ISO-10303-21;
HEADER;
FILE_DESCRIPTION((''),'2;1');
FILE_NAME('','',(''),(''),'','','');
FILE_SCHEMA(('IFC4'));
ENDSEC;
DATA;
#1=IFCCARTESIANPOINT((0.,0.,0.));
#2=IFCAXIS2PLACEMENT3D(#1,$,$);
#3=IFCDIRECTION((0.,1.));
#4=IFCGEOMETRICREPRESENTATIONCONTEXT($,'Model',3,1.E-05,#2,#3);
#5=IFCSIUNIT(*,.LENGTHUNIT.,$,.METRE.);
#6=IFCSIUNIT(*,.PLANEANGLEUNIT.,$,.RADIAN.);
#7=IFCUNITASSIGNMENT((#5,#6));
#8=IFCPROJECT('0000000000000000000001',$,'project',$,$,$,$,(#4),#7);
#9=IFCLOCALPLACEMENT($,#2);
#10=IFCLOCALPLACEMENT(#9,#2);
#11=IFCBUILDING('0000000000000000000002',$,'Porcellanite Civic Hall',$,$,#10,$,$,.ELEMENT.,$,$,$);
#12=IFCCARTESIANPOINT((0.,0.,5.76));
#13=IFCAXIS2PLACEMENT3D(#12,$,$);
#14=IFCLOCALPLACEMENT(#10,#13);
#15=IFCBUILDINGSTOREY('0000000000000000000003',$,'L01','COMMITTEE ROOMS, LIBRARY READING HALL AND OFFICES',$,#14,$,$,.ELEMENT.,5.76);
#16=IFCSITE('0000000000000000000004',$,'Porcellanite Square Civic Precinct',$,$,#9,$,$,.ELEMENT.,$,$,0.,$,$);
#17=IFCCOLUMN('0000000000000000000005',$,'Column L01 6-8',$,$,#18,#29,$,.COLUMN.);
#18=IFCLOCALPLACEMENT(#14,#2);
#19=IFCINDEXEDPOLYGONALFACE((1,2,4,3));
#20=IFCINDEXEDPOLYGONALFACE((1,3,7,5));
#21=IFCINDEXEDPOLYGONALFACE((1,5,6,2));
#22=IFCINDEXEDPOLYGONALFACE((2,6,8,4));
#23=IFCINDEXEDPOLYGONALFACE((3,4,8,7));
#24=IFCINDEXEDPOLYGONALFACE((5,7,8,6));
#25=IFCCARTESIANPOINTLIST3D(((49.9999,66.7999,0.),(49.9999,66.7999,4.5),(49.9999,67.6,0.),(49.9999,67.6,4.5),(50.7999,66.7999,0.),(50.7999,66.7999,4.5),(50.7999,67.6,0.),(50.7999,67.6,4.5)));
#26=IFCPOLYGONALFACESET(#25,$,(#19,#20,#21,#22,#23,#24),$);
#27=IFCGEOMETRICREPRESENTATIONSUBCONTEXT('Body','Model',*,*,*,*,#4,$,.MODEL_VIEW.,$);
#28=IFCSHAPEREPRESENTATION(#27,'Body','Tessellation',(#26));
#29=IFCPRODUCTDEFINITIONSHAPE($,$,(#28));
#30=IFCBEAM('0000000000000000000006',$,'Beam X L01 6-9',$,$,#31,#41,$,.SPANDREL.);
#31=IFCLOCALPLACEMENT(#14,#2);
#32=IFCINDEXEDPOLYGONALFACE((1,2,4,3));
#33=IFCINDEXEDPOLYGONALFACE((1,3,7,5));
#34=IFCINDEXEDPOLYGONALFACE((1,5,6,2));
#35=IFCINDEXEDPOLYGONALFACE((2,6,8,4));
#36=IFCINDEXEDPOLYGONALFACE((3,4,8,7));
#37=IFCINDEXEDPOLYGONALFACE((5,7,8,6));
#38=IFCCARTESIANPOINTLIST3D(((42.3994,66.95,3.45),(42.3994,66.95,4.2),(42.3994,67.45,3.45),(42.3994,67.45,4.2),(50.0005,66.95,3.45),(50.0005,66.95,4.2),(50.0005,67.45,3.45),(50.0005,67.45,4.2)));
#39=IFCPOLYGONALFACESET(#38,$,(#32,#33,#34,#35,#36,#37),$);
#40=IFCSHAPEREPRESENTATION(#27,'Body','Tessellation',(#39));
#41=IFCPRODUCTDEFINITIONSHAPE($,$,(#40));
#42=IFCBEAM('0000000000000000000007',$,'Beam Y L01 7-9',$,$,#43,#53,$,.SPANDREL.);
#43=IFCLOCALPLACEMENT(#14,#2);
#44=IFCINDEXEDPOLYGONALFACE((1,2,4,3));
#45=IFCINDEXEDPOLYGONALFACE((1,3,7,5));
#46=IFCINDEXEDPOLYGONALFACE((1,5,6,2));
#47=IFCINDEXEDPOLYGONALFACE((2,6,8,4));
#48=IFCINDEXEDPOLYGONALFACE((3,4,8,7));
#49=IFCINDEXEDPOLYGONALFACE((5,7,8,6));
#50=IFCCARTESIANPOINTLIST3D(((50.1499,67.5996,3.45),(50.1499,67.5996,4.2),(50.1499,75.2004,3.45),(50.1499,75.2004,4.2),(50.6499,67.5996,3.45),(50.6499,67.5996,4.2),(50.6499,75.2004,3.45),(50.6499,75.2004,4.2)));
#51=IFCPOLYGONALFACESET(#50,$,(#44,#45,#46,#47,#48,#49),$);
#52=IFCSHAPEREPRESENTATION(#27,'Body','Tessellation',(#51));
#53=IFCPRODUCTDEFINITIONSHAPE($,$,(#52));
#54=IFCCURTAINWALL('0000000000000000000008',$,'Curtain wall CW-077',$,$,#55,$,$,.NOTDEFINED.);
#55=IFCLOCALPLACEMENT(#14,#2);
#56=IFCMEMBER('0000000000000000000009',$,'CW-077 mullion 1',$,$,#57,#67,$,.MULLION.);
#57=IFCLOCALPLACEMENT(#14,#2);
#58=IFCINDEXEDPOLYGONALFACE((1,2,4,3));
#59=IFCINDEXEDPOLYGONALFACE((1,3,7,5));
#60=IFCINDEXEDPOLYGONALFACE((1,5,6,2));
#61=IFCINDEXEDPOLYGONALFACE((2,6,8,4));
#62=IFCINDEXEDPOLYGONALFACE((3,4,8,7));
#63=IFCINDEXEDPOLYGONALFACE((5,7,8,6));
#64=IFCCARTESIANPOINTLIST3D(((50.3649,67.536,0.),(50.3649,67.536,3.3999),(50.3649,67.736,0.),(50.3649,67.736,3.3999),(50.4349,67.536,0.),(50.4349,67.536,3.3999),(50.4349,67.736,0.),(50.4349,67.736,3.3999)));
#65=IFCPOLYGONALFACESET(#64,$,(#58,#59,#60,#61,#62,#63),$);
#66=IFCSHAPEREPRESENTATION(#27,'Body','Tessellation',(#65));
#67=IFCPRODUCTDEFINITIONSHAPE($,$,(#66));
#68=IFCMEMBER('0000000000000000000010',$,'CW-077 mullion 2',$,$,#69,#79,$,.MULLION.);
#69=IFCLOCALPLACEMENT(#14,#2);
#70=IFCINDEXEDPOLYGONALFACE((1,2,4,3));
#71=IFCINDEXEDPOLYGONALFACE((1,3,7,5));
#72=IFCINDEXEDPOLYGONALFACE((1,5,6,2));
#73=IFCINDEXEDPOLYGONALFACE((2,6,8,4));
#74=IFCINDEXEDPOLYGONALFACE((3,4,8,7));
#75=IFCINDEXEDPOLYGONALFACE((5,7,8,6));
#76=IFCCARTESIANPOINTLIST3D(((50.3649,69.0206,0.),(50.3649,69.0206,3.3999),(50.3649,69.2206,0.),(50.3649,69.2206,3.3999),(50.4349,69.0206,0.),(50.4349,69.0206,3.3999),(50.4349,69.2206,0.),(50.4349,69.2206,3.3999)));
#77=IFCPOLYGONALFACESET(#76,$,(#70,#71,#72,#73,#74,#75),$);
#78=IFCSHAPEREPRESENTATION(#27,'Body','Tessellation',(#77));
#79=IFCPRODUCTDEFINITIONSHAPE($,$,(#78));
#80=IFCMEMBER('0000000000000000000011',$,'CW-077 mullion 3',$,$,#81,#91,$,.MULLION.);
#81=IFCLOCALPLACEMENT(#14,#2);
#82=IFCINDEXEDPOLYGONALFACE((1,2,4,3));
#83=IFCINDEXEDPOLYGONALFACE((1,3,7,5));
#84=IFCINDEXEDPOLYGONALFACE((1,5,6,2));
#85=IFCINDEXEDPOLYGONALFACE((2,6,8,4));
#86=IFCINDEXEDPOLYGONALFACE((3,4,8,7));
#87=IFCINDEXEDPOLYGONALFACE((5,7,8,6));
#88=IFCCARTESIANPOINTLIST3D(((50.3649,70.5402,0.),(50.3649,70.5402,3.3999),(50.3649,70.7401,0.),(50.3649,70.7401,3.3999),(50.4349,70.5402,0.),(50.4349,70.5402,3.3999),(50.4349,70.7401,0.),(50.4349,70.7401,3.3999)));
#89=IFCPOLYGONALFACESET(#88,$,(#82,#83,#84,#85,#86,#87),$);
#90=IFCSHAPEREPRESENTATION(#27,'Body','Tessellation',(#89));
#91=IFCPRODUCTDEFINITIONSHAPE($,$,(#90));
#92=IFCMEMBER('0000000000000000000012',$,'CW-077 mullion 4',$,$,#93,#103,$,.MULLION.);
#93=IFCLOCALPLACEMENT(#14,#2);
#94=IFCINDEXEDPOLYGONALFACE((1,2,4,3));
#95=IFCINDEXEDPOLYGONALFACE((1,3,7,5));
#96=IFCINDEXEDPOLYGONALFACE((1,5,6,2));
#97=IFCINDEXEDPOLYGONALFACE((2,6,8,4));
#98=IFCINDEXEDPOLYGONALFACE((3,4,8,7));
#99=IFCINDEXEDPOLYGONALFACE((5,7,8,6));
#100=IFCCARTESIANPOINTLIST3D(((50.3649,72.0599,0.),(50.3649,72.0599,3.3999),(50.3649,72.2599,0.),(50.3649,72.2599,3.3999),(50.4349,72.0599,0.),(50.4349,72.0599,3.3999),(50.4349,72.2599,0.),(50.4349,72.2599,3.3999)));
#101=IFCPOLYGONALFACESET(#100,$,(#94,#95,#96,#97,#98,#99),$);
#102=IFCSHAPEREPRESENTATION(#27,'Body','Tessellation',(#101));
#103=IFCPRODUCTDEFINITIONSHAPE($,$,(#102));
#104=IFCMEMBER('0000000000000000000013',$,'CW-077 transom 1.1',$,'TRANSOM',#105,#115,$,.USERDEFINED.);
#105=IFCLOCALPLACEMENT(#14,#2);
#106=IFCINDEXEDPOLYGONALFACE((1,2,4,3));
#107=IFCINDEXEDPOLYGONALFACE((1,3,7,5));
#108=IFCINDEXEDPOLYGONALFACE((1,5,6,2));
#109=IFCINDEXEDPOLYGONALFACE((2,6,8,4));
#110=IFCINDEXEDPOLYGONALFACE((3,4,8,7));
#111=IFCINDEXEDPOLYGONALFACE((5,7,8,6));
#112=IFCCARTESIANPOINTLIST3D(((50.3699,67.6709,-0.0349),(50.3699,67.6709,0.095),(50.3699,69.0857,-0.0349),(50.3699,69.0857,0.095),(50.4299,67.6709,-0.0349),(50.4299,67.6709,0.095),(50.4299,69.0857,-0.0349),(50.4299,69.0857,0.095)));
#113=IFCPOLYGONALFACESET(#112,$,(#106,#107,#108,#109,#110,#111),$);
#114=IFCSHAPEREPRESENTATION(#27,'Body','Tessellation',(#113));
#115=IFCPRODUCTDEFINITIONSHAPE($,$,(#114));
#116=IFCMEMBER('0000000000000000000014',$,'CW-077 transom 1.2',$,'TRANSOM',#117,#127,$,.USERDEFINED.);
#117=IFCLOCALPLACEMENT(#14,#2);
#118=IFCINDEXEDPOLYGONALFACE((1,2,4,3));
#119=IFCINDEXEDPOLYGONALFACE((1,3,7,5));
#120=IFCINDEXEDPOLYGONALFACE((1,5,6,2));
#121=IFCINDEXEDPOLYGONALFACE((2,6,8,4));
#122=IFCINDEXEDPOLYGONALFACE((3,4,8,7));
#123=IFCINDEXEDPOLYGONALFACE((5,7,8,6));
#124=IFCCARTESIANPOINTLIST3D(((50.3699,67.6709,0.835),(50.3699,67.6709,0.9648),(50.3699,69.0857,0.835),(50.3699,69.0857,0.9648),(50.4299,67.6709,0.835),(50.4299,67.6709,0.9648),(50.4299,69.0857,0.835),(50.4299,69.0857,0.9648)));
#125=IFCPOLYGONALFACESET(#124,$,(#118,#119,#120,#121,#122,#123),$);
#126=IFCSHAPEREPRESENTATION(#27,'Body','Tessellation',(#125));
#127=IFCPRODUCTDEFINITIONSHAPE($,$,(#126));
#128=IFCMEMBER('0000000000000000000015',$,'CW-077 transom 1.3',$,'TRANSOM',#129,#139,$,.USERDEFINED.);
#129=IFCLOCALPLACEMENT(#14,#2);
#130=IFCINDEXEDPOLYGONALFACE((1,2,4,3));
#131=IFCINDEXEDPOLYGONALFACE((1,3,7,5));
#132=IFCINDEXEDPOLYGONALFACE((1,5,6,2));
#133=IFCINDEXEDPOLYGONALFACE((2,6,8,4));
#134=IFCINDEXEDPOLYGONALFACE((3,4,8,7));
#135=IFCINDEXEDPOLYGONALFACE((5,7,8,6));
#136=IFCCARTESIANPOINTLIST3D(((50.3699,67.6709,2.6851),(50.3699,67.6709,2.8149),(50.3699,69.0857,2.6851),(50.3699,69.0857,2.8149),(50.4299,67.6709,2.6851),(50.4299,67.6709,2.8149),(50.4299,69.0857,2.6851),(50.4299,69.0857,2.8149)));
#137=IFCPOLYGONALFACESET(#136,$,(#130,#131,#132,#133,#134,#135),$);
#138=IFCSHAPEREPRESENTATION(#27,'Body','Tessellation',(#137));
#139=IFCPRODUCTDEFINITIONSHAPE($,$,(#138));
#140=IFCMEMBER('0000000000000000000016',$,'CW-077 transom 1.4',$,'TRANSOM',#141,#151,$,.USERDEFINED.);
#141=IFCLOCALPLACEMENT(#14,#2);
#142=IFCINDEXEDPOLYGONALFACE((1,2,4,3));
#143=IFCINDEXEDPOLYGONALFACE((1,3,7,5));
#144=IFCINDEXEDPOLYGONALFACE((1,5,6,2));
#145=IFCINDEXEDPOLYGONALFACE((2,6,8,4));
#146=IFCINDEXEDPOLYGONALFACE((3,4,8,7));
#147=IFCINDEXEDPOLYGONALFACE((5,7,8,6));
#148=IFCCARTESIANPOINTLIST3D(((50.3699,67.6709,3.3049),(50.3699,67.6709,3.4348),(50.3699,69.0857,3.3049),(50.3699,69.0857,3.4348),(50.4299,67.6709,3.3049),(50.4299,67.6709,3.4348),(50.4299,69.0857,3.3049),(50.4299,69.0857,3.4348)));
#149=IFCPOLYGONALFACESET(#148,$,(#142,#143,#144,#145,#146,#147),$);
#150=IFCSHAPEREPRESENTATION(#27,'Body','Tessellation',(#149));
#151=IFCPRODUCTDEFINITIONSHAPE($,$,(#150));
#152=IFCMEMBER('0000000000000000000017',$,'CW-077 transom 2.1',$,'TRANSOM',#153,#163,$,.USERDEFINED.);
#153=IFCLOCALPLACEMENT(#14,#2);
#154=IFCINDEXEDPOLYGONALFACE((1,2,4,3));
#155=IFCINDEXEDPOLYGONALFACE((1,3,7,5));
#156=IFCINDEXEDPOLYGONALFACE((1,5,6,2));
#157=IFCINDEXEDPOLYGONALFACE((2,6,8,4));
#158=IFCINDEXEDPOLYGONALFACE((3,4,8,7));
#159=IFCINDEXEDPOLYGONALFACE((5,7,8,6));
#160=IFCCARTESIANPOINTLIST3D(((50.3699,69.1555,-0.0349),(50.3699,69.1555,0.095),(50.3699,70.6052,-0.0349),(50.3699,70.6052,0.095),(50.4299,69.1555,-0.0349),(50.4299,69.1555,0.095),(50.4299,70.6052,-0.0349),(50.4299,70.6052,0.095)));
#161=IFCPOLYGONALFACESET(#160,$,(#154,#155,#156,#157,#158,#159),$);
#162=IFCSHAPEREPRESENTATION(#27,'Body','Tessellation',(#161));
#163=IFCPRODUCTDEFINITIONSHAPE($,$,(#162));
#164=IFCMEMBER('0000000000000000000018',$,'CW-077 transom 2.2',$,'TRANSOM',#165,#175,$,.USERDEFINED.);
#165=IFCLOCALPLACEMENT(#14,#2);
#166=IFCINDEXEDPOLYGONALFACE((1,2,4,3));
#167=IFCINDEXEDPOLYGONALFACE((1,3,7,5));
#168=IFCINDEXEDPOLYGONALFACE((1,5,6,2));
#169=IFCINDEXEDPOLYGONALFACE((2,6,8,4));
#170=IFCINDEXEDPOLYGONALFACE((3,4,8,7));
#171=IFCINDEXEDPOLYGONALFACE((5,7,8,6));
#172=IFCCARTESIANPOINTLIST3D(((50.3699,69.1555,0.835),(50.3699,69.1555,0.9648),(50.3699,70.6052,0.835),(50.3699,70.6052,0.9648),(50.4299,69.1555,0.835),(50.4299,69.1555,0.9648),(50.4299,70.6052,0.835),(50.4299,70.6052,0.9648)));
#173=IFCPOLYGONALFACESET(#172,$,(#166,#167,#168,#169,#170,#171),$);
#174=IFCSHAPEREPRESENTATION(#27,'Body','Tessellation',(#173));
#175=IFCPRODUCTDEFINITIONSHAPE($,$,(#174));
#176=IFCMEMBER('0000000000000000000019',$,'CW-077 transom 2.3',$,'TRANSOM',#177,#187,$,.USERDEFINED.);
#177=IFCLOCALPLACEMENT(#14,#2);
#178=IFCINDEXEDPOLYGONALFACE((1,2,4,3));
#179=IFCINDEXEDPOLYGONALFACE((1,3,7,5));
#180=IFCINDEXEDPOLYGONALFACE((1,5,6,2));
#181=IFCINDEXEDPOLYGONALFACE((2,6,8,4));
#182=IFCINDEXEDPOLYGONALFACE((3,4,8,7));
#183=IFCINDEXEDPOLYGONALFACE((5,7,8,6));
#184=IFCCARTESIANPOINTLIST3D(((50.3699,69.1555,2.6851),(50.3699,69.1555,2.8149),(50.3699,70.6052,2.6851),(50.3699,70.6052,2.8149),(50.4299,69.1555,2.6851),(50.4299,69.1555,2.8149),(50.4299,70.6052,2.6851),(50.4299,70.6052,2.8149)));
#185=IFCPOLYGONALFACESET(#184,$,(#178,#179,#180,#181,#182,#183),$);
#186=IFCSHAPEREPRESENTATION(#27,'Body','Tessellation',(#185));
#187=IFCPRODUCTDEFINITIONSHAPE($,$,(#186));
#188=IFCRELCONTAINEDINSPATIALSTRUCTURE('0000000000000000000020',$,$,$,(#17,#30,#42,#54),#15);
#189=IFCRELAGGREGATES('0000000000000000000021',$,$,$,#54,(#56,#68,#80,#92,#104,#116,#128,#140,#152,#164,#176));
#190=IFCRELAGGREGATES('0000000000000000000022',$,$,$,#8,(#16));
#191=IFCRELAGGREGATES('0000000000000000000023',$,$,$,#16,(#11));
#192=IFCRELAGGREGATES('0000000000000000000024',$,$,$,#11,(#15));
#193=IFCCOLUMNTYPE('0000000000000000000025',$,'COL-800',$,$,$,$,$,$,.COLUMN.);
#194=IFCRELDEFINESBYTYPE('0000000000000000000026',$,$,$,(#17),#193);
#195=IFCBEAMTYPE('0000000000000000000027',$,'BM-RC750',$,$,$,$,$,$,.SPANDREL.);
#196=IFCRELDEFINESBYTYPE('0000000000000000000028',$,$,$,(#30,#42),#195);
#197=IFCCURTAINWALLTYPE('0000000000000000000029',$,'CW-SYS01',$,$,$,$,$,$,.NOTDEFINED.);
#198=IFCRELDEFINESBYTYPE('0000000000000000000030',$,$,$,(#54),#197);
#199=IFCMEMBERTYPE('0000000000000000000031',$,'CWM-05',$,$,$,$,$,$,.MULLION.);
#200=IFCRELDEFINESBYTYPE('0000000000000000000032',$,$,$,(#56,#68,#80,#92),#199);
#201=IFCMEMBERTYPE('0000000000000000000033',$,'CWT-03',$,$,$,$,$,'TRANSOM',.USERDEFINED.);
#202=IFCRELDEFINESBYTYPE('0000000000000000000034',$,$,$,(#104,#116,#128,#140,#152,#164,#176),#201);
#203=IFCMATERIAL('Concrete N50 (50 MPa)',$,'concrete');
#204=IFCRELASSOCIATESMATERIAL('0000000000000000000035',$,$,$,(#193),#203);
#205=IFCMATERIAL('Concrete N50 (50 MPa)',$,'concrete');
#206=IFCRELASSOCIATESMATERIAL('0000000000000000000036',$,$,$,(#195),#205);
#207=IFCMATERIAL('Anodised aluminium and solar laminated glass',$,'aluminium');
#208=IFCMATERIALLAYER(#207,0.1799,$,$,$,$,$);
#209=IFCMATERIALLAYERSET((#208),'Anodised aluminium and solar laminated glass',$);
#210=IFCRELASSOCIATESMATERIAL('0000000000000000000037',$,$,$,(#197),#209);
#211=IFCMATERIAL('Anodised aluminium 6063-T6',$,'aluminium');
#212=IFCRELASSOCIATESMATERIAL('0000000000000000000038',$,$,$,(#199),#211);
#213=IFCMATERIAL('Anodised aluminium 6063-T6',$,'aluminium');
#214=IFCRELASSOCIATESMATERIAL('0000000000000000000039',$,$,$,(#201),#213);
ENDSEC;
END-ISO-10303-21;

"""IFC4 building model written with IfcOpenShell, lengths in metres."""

from ifc_helpers import new_model, si_unit, direction, frame, origin, origin_2d, place, context, subcontext, project, spatial, rectangle, extrude, material, layer, layer_set, material_profile, profile_set, type_object, element, aggregate, save


model = new_model("IFC4")

# Units and contexts
model_context = context("Model", 3, precision=1e-05, world=origin(), true_north=direction((0.0, 1.0)))
body_context = subcontext(model_context, "Body", "Model", "MODEL_VIEW")
ifc_project = project(units=[si_unit("LENGTHUNIT", "METRE"), si_unit("PLANEANGLEUNIT", "RADIAN")], contexts=[model_context])

# Site, building, storey
site_placement = place(None, origin())
site = spatial("IfcSite", under=ifc_project, at=site_placement, Name="Porcellanite Square Civic Precinct", CompositionType="ELEMENT", RefElevation=0.0)
building_placement = place(site_placement, origin())
building = spatial("IfcBuilding", under=site, at=building_placement, Name="Porcellanite Civic Hall", CompositionType="ELEMENT")
storey_placement = place(building_placement, frame((0.0, 0.0, 5.76)))
storey = spatial("IfcBuildingStorey", under=building, at=storey_placement, Name="L01", Description="COMMITTEE ROOMS, LIBRARY READING HALL AND OFFICES", CompositionType="ELEMENT", Elevation=5.76)

# Column
ifc_material_1 = material(Name="Concrete N50 (50 MPa)", Category="concrete")
ifc_material_profile_1 = material_profile(ifc_material_1, rectangle(XDim=0.8, YDim=0.8, at=origin_2d()), Name="RC-800x800")
ifc_profile_set_1 = profile_set([ifc_material_profile_1], Name="Concrete N50 (50 MPa)")
column_type = type_object("IfcColumnType", Name="COL-800", PredefinedType="COLUMN", material=ifc_profile_set_1)
column_placement = place(storey_placement, frame((50.3999, 67.2, 0.0), z_axis=(0.0, 0.0, 1.0), x_axis=(1.0, 0.0, 0.0)))
element("IfcColumn", 1, at=column_placement, inside=storey, type_object=column_type, Name="Column L01 6-8", PredefinedType="COLUMN", context=body_context, shape_type="SweptSolid", body=[
    extrude(rectangle(XDim=0.8, YDim=0.8, at=origin_2d()), origin(), (0.0, 0.0, 1.0), 4.5),
])

# Beams
ifc_material_2 = material(Name="Concrete N50 (50 MPa)", Category="concrete")
ifc_material_profile_2 = material_profile(ifc_material_2, rectangle(XDim=0.5, YDim=0.75, at=origin_2d()), Name="RC-500x750")
ifc_profile_set_2 = profile_set([ifc_material_profile_2], Name="Concrete N50 (50 MPa)")
beam_type = type_object("IfcBeamType", Name="BM-RC750", PredefinedType="SPANDREL", material=ifc_profile_set_2)
beam_1_placement = place(storey_placement, frame((42.3994, 67.2, 3.825), z_axis=(1.0, 0.0, 0.0), x_axis=(0.0, 1.0, 0.0)))
element("IfcBeam", 2, at=beam_1_placement, inside=storey, type_object=beam_type, Name="Beam X L01 6-9", PredefinedType="SPANDREL", context=body_context, shape_type="SweptSolid", body=[
    extrude(rectangle(XDim=0.5, YDim=0.75, at=origin_2d()), origin(), (0.0, 0.0, 1.0), 7.6011),
])
beam_2_placement = place(storey_placement, frame((50.3999, 67.5996, 3.825), z_axis=(0.0, 1.0, 0.0), x_axis=(-1.0, 0.0, 0.0)))
element("IfcBeam", 3, at=beam_2_placement, inside=storey, type_object=beam_type, Name="Beam Y L01 7-9", PredefinedType="SPANDREL", context=body_context, shape_type="SweptSolid", body=[
    extrude(rectangle(XDim=0.5, YDim=0.75, at=origin_2d()), origin(), (0.0, 0.0, 1.0), 7.6008),
])

# Curtain wall, members
ifc_material_3 = material(Name="Anodised aluminium and solar laminated glass", Category="aluminium")
ifc_layer_1 = layer(ifc_material_3, 0.1799)
ifc_layer_set_1 = layer_set([ifc_layer_1], Name="Anodised aluminium and solar laminated glass")
curtain_wall_type = type_object("IfcCurtainWallType", Name="CW-SYS01", PredefinedType="NOTDEFINED", material=ifc_layer_set_1)
curtain_wall_placement = place(storey_placement, origin())
curtain_wall = element("IfcCurtainWall", 4, at=curtain_wall_placement, inside=storey, type_object=curtain_wall_type, Name="Curtain wall CW-077", PredefinedType="NOTDEFINED")
ifc_material_4 = material(Name="Anodised aluminium 6063-T6", Category="aluminium")
ifc_material_profile_3 = material_profile(ifc_material_4, rectangle(XDim=0.0701, YDim=0.2, at=origin_2d()), Name="AL-70x200")
ifc_profile_set_3 = profile_set([ifc_material_profile_3], Name="Anodised aluminium 6063-T6")
member_type_1 = type_object("IfcMemberType", Name="CWM-05", PredefinedType="MULLION", material=ifc_profile_set_3)
member_1_placement = place(storey_placement, frame((50.3999, 67.636, 0.0), z_axis=(0.0, 0.0, 1.0), x_axis=(-1.0, 0.0, 0.0)))
member_1 = element("IfcMember", 5, at=member_1_placement, type_object=member_type_1, Name="CW-077 mullion 1", PredefinedType="MULLION", context=body_context, shape_type="SweptSolid", body=[
    extrude(rectangle(XDim=0.0701, YDim=0.2, at=origin_2d()), origin(), (0.0, 0.0, 1.0), 3.3999),
])
member_2_placement = place(storey_placement, frame((50.3999, 69.1206, 0.0), z_axis=(0.0, 0.0, 1.0), x_axis=(-1.0, 0.0, 0.0)))
member_2 = element("IfcMember", 6, at=member_2_placement, type_object=member_type_1, Name="CW-077 mullion 2", PredefinedType="MULLION", context=body_context, shape_type="SweptSolid", body=[
    extrude(rectangle(XDim=0.0701, YDim=0.2, at=origin_2d()), origin(), (0.0, 0.0, 1.0), 3.3999),
])
member_3_placement = place(storey_placement, frame((50.3999, 70.6401, 0.0), z_axis=(0.0, 0.0, 1.0), x_axis=(-1.0, 0.0, 0.0)))
member_3 = element("IfcMember", 7, at=member_3_placement, type_object=member_type_1, Name="CW-077 mullion 3", PredefinedType="MULLION", context=body_context, shape_type="SweptSolid", body=[
    extrude(rectangle(XDim=0.0701, YDim=0.2, at=origin_2d()), origin(), (0.0, 0.0, 1.0), 3.3999),
])
member_4_placement = place(storey_placement, frame((50.3999, 72.1599, 0.0), z_axis=(0.0, 0.0, 1.0), x_axis=(-1.0, 0.0, 0.0)))
member_4 = element("IfcMember", 8, at=member_4_placement, type_object=member_type_1, Name="CW-077 mullion 4", PredefinedType="MULLION", context=body_context, shape_type="SweptSolid", body=[
    extrude(rectangle(XDim=0.0701, YDim=0.2, at=origin_2d()), origin(), (0.0, 0.0, 1.0), 3.3999),
])
ifc_material_5 = material(Name="Anodised aluminium 6063-T6", Category="aluminium")
ifc_material_profile_4 = material_profile(ifc_material_5, rectangle(XDim=0.0601, YDim=0.1299, at=origin_2d()), Name="AL-60x130")
ifc_profile_set_4 = profile_set([ifc_material_profile_4], Name="Anodised aluminium 6063-T6")
member_type_2 = type_object("IfcMemberType", Name="CWT-03", ElementType="TRANSOM", PredefinedType="USERDEFINED", material=ifc_profile_set_4)
member_5_placement = place(storey_placement, frame((50.3999, 67.6709, 0.03), z_axis=(0.0, 1.0, 0.0), x_axis=(-1.0, 0.0, 0.0)))
member_5 = element("IfcMember", 9, at=member_5_placement, type_object=member_type_2, Name="CW-077 transom 1.1", ObjectType="TRANSOM", PredefinedType="USERDEFINED", context=body_context, shape_type="SweptSolid", body=[
    extrude(rectangle(XDim=0.0601, YDim=0.1299, at=origin_2d()), origin(), (0.0, 0.0, 1.0), 1.4148),
])
member_6_placement = place(storey_placement, frame((50.3999, 67.6709, 0.8999), z_axis=(0.0, 1.0, 0.0), x_axis=(-1.0, 0.0, 0.0)))
member_6 = element("IfcMember", 10, at=member_6_placement, type_object=member_type_2, Name="CW-077 transom 1.2", ObjectType="TRANSOM", PredefinedType="USERDEFINED", context=body_context, shape_type="SweptSolid", body=[
    extrude(rectangle(XDim=0.0601, YDim=0.1299, at=origin_2d()), origin(), (0.0, 0.0, 1.0), 1.4148),
])
member_7_placement = place(storey_placement, frame((50.3999, 67.6709, 2.75), z_axis=(0.0, 1.0, 0.0), x_axis=(-1.0, 0.0, 0.0)))
member_7 = element("IfcMember", 11, at=member_7_placement, type_object=member_type_2, Name="CW-077 transom 1.3", ObjectType="TRANSOM", PredefinedType="USERDEFINED", context=body_context, shape_type="SweptSolid", body=[
    extrude(rectangle(XDim=0.0601, YDim=0.1299, at=origin_2d()), origin(), (0.0, 0.0, 1.0), 1.4148),
])
member_8_placement = place(storey_placement, frame((50.3999, 67.6709, 3.3699), z_axis=(0.0, 1.0, 0.0), x_axis=(-1.0, 0.0, 0.0)))
member_8 = element("IfcMember", 12, at=member_8_placement, type_object=member_type_2, Name="CW-077 transom 1.4", ObjectType="TRANSOM", PredefinedType="USERDEFINED", context=body_context, shape_type="SweptSolid", body=[
    extrude(rectangle(XDim=0.0601, YDim=0.1299, at=origin_2d()), origin(), (0.0, 0.0, 1.0), 1.4148),
])
member_9_placement = place(storey_placement, frame((50.3999, 69.1555, 0.03), z_axis=(0.0, 1.0, 0.0), x_axis=(-1.0, 0.0, 0.0)))
member_9 = element("IfcMember", 13, at=member_9_placement, type_object=member_type_2, Name="CW-077 transom 2.1", ObjectType="TRANSOM", PredefinedType="USERDEFINED", context=body_context, shape_type="SweptSolid", body=[
    extrude(rectangle(XDim=0.0601, YDim=0.1299, at=origin_2d()), origin(), (0.0, 0.0, 1.0), 1.4497),
])
member_10_placement = place(storey_placement, frame((50.3999, 69.1555, 0.8999), z_axis=(0.0, 1.0, 0.0), x_axis=(-1.0, 0.0, 0.0)))
member_10 = element("IfcMember", 14, at=member_10_placement, type_object=member_type_2, Name="CW-077 transom 2.2", ObjectType="TRANSOM", PredefinedType="USERDEFINED", context=body_context, shape_type="SweptSolid", body=[
    extrude(rectangle(XDim=0.0601, YDim=0.1299, at=origin_2d()), origin(), (0.0, 0.0, 1.0), 1.4497),
])
member_11_placement = place(storey_placement, frame((50.3999, 69.1555, 2.75), z_axis=(0.0, 1.0, 0.0), x_axis=(-1.0, 0.0, 0.0)))
member_11 = element("IfcMember", 15, at=member_11_placement, type_object=member_type_2, Name="CW-077 transom 2.3", ObjectType="TRANSOM", PredefinedType="USERDEFINED", context=body_context, shape_type="SweptSolid", body=[
    extrude(rectangle(XDim=0.0601, YDim=0.1299, at=origin_2d()), origin(), (0.0, 0.0, 1.0), 1.4497),
])

aggregate(curtain_wall, [member_1, member_2, member_3, member_4, member_5, member_6, member_7, member_8, member_9, member_10, member_11])

save(model, "model.ifc")
